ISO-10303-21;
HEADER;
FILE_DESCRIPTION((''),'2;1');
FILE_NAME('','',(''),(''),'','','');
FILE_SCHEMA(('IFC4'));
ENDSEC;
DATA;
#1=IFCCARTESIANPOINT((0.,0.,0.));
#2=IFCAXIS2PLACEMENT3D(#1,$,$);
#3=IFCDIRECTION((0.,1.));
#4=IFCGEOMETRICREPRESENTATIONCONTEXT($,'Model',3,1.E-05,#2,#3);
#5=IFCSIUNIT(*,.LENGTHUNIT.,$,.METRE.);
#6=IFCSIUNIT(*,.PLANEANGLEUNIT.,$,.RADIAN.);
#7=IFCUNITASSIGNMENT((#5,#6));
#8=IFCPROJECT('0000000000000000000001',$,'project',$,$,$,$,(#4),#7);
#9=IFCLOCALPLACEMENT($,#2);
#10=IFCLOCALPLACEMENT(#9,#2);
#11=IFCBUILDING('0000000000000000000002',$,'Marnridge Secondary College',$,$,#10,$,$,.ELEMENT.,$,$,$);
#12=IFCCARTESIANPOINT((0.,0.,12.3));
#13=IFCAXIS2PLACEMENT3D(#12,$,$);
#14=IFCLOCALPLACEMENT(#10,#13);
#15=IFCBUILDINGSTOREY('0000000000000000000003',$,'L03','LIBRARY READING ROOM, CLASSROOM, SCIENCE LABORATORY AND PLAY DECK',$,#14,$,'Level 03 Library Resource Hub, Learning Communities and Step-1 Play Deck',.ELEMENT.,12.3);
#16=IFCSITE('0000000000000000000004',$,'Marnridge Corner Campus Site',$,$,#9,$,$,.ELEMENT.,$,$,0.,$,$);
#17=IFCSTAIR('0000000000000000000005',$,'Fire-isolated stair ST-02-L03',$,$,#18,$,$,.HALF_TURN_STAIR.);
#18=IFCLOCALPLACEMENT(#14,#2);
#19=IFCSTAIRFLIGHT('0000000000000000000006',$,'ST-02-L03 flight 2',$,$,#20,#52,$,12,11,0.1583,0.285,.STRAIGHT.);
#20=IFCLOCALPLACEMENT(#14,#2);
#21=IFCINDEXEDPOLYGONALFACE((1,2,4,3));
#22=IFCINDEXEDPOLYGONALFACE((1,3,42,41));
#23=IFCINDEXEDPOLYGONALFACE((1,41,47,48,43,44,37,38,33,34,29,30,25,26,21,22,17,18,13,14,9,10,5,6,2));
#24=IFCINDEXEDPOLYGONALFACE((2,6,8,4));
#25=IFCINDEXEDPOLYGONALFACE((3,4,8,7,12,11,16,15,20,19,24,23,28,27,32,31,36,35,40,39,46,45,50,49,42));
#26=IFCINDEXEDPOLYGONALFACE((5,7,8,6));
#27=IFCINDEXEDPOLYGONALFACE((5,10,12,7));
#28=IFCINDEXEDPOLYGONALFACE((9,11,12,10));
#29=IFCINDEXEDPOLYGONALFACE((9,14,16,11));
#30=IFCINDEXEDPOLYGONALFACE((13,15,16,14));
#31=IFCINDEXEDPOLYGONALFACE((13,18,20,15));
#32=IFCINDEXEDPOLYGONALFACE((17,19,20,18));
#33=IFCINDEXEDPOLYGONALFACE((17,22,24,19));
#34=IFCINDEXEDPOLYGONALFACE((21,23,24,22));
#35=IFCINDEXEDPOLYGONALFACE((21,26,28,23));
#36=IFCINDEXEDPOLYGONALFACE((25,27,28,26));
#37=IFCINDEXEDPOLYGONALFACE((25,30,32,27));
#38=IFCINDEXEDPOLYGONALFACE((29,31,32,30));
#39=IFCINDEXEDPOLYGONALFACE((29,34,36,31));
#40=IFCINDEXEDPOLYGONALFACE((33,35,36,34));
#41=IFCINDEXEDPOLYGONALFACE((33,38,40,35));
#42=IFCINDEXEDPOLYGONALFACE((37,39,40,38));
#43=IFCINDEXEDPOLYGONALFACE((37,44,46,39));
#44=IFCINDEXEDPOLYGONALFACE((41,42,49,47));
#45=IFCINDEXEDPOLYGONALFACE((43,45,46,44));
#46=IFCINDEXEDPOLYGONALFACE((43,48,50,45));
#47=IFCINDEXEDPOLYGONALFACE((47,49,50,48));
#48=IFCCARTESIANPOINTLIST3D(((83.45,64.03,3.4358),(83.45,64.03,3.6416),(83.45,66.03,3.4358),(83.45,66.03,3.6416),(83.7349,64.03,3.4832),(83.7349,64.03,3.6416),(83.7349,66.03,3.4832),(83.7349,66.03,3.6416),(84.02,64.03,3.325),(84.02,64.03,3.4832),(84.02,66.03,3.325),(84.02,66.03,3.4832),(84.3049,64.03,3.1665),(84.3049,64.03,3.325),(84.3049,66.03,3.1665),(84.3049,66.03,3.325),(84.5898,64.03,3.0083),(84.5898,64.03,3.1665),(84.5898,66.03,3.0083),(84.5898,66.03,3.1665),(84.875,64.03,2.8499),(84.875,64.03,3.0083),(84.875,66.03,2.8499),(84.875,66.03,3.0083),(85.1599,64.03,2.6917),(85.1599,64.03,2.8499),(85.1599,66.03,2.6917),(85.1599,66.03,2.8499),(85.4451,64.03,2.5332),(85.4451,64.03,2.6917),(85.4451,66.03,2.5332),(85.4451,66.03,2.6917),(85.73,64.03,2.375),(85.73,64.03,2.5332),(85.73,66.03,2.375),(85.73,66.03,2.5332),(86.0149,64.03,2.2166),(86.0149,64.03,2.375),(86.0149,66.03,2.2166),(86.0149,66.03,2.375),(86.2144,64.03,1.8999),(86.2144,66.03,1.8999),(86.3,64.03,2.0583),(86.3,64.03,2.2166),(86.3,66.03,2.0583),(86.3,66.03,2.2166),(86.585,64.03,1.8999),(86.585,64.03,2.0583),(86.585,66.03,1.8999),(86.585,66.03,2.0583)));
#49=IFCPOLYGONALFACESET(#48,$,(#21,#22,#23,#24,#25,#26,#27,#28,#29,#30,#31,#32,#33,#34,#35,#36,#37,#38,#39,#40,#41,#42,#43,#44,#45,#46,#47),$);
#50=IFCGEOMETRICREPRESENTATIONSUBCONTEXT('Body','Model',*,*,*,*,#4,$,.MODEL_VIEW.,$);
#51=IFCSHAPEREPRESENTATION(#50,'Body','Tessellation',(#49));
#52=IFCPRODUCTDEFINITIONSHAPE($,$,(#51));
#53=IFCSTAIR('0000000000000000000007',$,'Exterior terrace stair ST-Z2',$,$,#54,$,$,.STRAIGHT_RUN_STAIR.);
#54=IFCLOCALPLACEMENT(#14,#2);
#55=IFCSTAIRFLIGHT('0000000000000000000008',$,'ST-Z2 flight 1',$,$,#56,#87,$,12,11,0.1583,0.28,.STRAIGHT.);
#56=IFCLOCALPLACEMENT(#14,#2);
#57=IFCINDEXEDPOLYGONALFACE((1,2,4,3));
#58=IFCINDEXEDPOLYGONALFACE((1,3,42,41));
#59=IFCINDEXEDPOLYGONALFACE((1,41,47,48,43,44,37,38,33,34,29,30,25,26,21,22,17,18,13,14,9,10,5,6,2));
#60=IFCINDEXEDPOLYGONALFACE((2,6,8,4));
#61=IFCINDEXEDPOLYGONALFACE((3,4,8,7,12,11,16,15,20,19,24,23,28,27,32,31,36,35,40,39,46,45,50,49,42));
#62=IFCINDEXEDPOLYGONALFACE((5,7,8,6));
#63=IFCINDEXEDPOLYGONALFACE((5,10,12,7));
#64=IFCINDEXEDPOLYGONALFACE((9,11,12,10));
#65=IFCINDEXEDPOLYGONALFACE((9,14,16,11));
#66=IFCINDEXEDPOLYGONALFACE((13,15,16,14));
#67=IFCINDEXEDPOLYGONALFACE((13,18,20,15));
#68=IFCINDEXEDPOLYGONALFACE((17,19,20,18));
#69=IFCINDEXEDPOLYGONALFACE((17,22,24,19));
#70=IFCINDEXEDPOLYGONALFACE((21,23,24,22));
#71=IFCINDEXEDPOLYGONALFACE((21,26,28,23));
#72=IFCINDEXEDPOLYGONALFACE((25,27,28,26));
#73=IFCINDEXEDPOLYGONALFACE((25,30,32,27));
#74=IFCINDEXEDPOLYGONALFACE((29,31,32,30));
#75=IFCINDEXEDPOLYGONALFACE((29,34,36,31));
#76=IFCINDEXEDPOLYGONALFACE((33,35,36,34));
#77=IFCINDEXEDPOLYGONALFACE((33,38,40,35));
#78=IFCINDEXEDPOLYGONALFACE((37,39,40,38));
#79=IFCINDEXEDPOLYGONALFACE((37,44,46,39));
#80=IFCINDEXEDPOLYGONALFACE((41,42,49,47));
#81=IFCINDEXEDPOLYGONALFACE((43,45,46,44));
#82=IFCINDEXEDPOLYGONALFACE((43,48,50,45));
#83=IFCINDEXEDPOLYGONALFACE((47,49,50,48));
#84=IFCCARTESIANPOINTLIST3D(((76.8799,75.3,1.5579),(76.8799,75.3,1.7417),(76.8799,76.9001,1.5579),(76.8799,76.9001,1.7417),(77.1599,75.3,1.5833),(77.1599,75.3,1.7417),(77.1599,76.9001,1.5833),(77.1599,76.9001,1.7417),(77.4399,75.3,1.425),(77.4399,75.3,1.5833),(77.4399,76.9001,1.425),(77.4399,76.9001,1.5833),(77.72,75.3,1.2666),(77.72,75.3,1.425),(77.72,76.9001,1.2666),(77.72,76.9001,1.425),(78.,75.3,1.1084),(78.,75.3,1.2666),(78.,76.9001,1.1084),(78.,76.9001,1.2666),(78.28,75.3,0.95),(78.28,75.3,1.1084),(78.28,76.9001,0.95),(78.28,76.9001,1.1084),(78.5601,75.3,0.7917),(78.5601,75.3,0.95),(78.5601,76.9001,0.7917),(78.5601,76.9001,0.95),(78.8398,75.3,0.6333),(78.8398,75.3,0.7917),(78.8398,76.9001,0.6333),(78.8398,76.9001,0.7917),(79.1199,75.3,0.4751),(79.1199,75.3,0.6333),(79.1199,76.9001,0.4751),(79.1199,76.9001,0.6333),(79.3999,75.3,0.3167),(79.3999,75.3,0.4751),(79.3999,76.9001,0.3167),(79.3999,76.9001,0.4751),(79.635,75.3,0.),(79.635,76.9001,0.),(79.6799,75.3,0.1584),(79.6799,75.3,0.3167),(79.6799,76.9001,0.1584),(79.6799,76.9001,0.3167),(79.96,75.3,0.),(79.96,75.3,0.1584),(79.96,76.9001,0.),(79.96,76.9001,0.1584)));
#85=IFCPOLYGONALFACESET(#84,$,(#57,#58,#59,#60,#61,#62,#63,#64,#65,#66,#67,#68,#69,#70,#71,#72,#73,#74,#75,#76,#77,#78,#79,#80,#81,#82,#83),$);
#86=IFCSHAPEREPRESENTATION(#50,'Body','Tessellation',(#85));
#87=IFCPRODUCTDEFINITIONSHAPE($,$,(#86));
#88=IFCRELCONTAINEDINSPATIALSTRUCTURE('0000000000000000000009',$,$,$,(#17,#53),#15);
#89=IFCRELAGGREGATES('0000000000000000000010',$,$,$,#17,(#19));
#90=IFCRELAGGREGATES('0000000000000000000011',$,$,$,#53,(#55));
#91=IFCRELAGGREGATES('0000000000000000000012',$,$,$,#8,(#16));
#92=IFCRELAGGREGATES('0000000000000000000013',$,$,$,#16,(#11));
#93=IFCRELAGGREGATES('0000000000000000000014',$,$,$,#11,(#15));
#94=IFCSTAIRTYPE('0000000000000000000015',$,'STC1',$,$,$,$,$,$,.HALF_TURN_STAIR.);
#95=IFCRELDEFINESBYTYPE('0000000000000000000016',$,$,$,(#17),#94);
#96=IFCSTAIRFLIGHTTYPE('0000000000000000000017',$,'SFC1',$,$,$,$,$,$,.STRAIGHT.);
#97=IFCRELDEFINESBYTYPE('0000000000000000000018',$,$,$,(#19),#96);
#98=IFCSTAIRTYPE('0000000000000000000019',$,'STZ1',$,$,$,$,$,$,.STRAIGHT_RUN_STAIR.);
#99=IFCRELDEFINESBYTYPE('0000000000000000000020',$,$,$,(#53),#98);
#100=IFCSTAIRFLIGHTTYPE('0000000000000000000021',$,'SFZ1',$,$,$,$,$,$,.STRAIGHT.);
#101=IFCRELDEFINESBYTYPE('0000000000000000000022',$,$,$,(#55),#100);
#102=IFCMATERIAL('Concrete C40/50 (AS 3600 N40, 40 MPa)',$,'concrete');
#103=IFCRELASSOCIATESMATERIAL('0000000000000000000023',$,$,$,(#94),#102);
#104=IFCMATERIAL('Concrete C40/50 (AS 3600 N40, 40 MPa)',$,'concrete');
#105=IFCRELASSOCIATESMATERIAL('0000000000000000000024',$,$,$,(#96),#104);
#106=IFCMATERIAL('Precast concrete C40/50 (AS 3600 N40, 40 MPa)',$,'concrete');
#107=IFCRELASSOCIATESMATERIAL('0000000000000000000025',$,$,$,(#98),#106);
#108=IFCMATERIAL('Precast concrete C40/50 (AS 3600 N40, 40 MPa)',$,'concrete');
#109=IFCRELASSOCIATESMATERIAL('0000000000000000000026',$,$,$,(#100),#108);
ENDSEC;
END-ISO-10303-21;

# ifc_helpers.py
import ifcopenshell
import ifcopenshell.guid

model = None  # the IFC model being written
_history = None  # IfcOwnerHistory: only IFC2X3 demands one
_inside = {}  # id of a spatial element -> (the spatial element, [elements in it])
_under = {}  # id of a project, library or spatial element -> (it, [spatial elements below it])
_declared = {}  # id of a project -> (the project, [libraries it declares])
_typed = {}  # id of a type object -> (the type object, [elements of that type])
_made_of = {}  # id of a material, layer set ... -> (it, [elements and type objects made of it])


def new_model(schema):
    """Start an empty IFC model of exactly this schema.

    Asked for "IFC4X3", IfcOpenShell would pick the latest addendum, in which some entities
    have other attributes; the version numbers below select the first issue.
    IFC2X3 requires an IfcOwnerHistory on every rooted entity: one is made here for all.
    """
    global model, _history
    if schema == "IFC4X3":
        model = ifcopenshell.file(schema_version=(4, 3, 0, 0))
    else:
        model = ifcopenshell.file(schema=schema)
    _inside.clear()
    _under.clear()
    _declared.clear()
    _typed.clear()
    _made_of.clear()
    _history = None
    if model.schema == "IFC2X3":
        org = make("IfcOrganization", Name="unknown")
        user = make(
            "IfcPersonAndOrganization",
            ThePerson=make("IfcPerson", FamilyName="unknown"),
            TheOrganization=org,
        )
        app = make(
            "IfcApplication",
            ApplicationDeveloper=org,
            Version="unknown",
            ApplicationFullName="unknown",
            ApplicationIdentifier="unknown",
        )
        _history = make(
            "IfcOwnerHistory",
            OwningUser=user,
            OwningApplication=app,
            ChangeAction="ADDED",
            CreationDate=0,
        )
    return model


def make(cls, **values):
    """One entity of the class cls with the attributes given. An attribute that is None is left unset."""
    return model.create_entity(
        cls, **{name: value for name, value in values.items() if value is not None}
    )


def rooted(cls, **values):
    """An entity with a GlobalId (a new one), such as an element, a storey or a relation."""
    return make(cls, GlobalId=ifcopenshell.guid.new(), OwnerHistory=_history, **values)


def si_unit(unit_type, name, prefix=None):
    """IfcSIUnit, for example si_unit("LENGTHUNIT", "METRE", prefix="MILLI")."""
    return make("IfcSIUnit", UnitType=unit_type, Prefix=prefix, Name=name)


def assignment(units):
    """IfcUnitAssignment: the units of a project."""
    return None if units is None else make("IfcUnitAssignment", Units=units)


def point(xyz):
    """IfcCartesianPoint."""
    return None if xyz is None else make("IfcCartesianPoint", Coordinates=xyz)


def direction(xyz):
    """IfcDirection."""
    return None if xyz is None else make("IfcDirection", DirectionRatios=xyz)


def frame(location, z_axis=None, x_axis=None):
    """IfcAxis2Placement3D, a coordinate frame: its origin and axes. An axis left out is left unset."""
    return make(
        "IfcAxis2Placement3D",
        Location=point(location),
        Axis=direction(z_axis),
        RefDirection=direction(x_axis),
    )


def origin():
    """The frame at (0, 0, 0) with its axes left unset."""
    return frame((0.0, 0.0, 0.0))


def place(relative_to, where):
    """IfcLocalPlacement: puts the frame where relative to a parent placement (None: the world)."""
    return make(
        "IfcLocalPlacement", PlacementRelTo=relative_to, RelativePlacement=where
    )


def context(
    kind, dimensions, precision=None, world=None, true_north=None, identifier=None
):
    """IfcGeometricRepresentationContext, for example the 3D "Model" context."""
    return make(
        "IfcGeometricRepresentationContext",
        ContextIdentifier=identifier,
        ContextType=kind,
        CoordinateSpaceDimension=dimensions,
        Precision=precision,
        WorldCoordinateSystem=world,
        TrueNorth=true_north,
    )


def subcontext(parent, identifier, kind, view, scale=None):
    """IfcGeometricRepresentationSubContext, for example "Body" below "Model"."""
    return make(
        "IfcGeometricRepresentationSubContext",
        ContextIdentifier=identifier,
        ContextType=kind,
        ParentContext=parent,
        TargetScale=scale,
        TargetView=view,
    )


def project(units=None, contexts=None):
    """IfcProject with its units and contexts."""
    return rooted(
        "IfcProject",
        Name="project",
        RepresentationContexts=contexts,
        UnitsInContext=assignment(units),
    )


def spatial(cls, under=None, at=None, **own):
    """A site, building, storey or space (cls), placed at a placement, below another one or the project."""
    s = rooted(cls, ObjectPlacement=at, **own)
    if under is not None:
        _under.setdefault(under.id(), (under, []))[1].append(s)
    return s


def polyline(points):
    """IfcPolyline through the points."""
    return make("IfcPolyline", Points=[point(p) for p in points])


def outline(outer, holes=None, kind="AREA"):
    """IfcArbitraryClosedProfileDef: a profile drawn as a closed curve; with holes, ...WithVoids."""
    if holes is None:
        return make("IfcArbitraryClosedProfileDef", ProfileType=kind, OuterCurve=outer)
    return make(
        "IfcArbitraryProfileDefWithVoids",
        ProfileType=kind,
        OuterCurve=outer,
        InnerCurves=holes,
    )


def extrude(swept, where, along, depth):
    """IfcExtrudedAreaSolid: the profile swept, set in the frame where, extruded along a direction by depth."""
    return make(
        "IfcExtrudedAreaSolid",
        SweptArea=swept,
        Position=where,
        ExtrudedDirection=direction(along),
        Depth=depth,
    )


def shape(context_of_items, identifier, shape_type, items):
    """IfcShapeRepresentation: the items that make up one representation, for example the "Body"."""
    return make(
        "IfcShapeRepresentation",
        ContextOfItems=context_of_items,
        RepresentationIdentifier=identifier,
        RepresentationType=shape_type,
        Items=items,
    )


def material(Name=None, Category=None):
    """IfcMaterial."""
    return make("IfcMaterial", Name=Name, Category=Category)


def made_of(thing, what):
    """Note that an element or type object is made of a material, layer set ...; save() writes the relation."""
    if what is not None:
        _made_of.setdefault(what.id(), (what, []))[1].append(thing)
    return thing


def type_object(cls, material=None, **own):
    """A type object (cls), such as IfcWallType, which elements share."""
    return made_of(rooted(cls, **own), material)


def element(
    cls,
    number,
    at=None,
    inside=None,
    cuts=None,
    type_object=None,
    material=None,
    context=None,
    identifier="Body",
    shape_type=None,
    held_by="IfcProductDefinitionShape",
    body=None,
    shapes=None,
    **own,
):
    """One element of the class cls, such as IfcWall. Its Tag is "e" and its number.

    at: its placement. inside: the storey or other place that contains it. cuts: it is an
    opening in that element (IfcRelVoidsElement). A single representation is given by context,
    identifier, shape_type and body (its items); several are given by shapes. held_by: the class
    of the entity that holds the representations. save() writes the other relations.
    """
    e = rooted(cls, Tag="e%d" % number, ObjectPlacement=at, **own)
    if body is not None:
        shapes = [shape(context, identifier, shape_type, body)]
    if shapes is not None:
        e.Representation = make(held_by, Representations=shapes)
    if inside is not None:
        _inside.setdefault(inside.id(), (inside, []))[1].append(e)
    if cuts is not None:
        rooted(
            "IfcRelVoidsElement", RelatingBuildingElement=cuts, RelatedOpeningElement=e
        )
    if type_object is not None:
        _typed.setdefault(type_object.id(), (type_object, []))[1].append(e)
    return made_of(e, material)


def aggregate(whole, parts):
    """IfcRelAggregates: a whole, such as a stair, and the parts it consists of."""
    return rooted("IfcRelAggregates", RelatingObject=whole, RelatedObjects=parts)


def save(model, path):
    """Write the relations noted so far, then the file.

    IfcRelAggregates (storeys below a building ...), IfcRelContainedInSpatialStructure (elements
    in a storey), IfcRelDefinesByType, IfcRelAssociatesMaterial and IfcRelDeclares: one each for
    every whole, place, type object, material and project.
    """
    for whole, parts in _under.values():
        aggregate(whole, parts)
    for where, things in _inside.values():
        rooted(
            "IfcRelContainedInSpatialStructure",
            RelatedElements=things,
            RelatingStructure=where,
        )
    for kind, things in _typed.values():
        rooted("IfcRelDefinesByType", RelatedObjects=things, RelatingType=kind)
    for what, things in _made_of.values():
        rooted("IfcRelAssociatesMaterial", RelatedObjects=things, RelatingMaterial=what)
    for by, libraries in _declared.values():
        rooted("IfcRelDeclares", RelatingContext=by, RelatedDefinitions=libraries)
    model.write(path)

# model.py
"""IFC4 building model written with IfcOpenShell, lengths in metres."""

from ifc_helpers import new_model, si_unit, direction, frame, origin, place, context, subcontext, project, spatial, polyline, outline, extrude, material, type_object, element, aggregate, save


model = new_model("IFC4")

# Units and contexts
model_context = context("Model", 3, precision=1e-05, world=origin(), true_north=direction((0.0, 1.0)))
body_context = subcontext(model_context, "Body", "Model", "MODEL_VIEW")
ifc_project = project(units=[si_unit("LENGTHUNIT", "METRE"), si_unit("PLANEANGLEUNIT", "RADIAN")], contexts=[model_context])

# Site, building, storey
site_placement = place(None, origin())
site = spatial("IfcSite", under=ifc_project, at=site_placement, Name="Marnridge Corner Campus Site", CompositionType="ELEMENT", RefElevation=0.0)
building_placement = place(site_placement, origin())
building = spatial("IfcBuilding", under=site, at=building_placement, Name="Marnridge Secondary College", CompositionType="ELEMENT")
storey_placement = place(building_placement, frame((0.0, 0.0, 12.3)))
storey = spatial("IfcBuildingStorey", under=building, at=storey_placement, Name="L03", Description="LIBRARY READING ROOM, CLASSROOM, SCIENCE LABORATORY AND PLAY DECK", LongName="Level 03 Library Resource Hub, Learning Communities and Step-1 Play Deck", CompositionType="ELEMENT", Elevation=12.3)

# Stairs, stair flights
ifc_material_1 = material(Name="Concrete C40/50 (AS 3600 N40, 40 MPa)", Category="concrete")
stair_type_1 = type_object("IfcStairType", Name="STC1", PredefinedType="HALF_TURN_STAIR", material=ifc_material_1)
stair_1_placement = place(storey_placement, origin())
stair_1 = element("IfcStair", 1, at=stair_1_placement, inside=storey, type_object=stair_type_1, Name="Fire-isolated stair ST-02-L03", PredefinedType="HALF_TURN_STAIR")
ifc_material_2 = material(Name="Concrete C40/50 (AS 3600 N40, 40 MPa)", Category="concrete")
stair_flight_type_1 = type_object("IfcStairFlightType", Name="SFC1", PredefinedType="STRAIGHT", material=ifc_material_2)
stair_flight_1_placement = place(storey_placement, frame((86.585, 65.03, 1.8999), z_axis=(0.0, 0.0, 1.0), x_axis=(-1.0, 0.0, 0.0)))
stair_flight_1 = element("IfcStairFlight", 2, at=stair_flight_1_placement, type_object=stair_flight_type_1, Name="ST-02-L03 flight 2", NumberOfRisers=12, NumberOfTreads=11, PredefinedType="STRAIGHT", RiserHeight=0.1583, TreadLength=0.285, context=body_context, shape_type="SweptSolid", body=[
    extrude(outline(polyline([(0.0, 0.0), (0.0, 0.1584), (0.2849, 0.1584), (0.2849, 0.3167), (0.5701, 0.3167), (0.5701, 0.4751), (0.855, 0.4751), (0.855, 0.6333), (1.1399, 0.6333), (1.1399, 0.7917), (1.425, 0.7917), (1.425, 0.95), (1.71, 0.95), (1.71, 1.1084), (1.9951, 1.1084), (1.9951, 1.2666), (2.28, 1.2666), (2.28, 1.425), (2.5649, 1.425), (2.5649, 1.5833), (2.8501, 1.5833), (2.8501, 1.7417), (3.135, 1.7417), (3.135, 1.8999), (3.135, 1.5359), (0.3706, 0.0), (0.0, 0.0)])), frame((0.0, 1.0, 0.0), z_axis=(0.0, -1.0, 0.0), x_axis=(1.0, 0.0, 0.0)), (0.0, 0.0, 1.0), 2.0),
])
aggregate(stair_1, [stair_flight_1])
ifc_material_3 = material(Name="Precast concrete C40/50 (AS 3600 N40, 40 MPa)", Category="concrete")
stair_type_2 = type_object("IfcStairType", Name="STZ1", PredefinedType="STRAIGHT_RUN_STAIR", material=ifc_material_3)
stair_2_placement = place(storey_placement, origin())
stair_2 = element("IfcStair", 3, at=stair_2_placement, inside=storey, type_object=stair_type_2, Name="Exterior terrace stair ST-Z2", PredefinedType="STRAIGHT_RUN_STAIR")
ifc_material_4 = material(Name="Precast concrete C40/50 (AS 3600 N40, 40 MPa)", Category="concrete")
stair_flight_type_2 = type_object("IfcStairFlightType", Name="SFZ1", PredefinedType="STRAIGHT", material=ifc_material_4)
stair_flight_2_placement = place(storey_placement, frame((79.96, 76.1001, 0.0), z_axis=(0.0, 0.0, 1.0), x_axis=(-1.0, 0.0, 0.0)))
stair_flight_2 = element("IfcStairFlight", 4, at=stair_flight_2_placement, type_object=stair_flight_type_2, Name="ST-Z2 flight 1", NumberOfRisers=12, NumberOfTreads=11, PredefinedType="STRAIGHT", RiserHeight=0.1583, TreadLength=0.28, context=body_context, shape_type="SweptSolid", body=[
    extrude(outline(polyline([(0.0, 0.0), (0.0, 0.1584), (0.28, 0.1584), (0.28, 0.3167), (0.5601, 0.3167), (0.5601, 0.4751), (0.8401, 0.4751), (0.8401, 0.6333), (1.1201, 0.6333), (1.1201, 0.7917), (1.3999, 0.7917), (1.3999, 0.95), (1.6799, 0.95), (1.6799, 1.1084), (1.96, 1.1084), (1.96, 1.2666), (2.24, 1.2666), (2.24, 1.425), (2.52, 1.425), (2.52, 1.5833), (2.8, 1.5833), (2.8, 1.7417), (3.0801, 1.7417), (3.0801, 1.8999), (3.0801, 1.5579), (0.325, 0.0), (0.0, 0.0)])), frame((0.0, 0.8, 0.0), z_axis=(0.0, -1.0, 0.0), x_axis=(1.0, 0.0, 0.0)), (0.0, 0.0, 1.0), 1.6001),
])
aggregate(stair_2, [stair_flight_2])

save(model, "model.ifc")
